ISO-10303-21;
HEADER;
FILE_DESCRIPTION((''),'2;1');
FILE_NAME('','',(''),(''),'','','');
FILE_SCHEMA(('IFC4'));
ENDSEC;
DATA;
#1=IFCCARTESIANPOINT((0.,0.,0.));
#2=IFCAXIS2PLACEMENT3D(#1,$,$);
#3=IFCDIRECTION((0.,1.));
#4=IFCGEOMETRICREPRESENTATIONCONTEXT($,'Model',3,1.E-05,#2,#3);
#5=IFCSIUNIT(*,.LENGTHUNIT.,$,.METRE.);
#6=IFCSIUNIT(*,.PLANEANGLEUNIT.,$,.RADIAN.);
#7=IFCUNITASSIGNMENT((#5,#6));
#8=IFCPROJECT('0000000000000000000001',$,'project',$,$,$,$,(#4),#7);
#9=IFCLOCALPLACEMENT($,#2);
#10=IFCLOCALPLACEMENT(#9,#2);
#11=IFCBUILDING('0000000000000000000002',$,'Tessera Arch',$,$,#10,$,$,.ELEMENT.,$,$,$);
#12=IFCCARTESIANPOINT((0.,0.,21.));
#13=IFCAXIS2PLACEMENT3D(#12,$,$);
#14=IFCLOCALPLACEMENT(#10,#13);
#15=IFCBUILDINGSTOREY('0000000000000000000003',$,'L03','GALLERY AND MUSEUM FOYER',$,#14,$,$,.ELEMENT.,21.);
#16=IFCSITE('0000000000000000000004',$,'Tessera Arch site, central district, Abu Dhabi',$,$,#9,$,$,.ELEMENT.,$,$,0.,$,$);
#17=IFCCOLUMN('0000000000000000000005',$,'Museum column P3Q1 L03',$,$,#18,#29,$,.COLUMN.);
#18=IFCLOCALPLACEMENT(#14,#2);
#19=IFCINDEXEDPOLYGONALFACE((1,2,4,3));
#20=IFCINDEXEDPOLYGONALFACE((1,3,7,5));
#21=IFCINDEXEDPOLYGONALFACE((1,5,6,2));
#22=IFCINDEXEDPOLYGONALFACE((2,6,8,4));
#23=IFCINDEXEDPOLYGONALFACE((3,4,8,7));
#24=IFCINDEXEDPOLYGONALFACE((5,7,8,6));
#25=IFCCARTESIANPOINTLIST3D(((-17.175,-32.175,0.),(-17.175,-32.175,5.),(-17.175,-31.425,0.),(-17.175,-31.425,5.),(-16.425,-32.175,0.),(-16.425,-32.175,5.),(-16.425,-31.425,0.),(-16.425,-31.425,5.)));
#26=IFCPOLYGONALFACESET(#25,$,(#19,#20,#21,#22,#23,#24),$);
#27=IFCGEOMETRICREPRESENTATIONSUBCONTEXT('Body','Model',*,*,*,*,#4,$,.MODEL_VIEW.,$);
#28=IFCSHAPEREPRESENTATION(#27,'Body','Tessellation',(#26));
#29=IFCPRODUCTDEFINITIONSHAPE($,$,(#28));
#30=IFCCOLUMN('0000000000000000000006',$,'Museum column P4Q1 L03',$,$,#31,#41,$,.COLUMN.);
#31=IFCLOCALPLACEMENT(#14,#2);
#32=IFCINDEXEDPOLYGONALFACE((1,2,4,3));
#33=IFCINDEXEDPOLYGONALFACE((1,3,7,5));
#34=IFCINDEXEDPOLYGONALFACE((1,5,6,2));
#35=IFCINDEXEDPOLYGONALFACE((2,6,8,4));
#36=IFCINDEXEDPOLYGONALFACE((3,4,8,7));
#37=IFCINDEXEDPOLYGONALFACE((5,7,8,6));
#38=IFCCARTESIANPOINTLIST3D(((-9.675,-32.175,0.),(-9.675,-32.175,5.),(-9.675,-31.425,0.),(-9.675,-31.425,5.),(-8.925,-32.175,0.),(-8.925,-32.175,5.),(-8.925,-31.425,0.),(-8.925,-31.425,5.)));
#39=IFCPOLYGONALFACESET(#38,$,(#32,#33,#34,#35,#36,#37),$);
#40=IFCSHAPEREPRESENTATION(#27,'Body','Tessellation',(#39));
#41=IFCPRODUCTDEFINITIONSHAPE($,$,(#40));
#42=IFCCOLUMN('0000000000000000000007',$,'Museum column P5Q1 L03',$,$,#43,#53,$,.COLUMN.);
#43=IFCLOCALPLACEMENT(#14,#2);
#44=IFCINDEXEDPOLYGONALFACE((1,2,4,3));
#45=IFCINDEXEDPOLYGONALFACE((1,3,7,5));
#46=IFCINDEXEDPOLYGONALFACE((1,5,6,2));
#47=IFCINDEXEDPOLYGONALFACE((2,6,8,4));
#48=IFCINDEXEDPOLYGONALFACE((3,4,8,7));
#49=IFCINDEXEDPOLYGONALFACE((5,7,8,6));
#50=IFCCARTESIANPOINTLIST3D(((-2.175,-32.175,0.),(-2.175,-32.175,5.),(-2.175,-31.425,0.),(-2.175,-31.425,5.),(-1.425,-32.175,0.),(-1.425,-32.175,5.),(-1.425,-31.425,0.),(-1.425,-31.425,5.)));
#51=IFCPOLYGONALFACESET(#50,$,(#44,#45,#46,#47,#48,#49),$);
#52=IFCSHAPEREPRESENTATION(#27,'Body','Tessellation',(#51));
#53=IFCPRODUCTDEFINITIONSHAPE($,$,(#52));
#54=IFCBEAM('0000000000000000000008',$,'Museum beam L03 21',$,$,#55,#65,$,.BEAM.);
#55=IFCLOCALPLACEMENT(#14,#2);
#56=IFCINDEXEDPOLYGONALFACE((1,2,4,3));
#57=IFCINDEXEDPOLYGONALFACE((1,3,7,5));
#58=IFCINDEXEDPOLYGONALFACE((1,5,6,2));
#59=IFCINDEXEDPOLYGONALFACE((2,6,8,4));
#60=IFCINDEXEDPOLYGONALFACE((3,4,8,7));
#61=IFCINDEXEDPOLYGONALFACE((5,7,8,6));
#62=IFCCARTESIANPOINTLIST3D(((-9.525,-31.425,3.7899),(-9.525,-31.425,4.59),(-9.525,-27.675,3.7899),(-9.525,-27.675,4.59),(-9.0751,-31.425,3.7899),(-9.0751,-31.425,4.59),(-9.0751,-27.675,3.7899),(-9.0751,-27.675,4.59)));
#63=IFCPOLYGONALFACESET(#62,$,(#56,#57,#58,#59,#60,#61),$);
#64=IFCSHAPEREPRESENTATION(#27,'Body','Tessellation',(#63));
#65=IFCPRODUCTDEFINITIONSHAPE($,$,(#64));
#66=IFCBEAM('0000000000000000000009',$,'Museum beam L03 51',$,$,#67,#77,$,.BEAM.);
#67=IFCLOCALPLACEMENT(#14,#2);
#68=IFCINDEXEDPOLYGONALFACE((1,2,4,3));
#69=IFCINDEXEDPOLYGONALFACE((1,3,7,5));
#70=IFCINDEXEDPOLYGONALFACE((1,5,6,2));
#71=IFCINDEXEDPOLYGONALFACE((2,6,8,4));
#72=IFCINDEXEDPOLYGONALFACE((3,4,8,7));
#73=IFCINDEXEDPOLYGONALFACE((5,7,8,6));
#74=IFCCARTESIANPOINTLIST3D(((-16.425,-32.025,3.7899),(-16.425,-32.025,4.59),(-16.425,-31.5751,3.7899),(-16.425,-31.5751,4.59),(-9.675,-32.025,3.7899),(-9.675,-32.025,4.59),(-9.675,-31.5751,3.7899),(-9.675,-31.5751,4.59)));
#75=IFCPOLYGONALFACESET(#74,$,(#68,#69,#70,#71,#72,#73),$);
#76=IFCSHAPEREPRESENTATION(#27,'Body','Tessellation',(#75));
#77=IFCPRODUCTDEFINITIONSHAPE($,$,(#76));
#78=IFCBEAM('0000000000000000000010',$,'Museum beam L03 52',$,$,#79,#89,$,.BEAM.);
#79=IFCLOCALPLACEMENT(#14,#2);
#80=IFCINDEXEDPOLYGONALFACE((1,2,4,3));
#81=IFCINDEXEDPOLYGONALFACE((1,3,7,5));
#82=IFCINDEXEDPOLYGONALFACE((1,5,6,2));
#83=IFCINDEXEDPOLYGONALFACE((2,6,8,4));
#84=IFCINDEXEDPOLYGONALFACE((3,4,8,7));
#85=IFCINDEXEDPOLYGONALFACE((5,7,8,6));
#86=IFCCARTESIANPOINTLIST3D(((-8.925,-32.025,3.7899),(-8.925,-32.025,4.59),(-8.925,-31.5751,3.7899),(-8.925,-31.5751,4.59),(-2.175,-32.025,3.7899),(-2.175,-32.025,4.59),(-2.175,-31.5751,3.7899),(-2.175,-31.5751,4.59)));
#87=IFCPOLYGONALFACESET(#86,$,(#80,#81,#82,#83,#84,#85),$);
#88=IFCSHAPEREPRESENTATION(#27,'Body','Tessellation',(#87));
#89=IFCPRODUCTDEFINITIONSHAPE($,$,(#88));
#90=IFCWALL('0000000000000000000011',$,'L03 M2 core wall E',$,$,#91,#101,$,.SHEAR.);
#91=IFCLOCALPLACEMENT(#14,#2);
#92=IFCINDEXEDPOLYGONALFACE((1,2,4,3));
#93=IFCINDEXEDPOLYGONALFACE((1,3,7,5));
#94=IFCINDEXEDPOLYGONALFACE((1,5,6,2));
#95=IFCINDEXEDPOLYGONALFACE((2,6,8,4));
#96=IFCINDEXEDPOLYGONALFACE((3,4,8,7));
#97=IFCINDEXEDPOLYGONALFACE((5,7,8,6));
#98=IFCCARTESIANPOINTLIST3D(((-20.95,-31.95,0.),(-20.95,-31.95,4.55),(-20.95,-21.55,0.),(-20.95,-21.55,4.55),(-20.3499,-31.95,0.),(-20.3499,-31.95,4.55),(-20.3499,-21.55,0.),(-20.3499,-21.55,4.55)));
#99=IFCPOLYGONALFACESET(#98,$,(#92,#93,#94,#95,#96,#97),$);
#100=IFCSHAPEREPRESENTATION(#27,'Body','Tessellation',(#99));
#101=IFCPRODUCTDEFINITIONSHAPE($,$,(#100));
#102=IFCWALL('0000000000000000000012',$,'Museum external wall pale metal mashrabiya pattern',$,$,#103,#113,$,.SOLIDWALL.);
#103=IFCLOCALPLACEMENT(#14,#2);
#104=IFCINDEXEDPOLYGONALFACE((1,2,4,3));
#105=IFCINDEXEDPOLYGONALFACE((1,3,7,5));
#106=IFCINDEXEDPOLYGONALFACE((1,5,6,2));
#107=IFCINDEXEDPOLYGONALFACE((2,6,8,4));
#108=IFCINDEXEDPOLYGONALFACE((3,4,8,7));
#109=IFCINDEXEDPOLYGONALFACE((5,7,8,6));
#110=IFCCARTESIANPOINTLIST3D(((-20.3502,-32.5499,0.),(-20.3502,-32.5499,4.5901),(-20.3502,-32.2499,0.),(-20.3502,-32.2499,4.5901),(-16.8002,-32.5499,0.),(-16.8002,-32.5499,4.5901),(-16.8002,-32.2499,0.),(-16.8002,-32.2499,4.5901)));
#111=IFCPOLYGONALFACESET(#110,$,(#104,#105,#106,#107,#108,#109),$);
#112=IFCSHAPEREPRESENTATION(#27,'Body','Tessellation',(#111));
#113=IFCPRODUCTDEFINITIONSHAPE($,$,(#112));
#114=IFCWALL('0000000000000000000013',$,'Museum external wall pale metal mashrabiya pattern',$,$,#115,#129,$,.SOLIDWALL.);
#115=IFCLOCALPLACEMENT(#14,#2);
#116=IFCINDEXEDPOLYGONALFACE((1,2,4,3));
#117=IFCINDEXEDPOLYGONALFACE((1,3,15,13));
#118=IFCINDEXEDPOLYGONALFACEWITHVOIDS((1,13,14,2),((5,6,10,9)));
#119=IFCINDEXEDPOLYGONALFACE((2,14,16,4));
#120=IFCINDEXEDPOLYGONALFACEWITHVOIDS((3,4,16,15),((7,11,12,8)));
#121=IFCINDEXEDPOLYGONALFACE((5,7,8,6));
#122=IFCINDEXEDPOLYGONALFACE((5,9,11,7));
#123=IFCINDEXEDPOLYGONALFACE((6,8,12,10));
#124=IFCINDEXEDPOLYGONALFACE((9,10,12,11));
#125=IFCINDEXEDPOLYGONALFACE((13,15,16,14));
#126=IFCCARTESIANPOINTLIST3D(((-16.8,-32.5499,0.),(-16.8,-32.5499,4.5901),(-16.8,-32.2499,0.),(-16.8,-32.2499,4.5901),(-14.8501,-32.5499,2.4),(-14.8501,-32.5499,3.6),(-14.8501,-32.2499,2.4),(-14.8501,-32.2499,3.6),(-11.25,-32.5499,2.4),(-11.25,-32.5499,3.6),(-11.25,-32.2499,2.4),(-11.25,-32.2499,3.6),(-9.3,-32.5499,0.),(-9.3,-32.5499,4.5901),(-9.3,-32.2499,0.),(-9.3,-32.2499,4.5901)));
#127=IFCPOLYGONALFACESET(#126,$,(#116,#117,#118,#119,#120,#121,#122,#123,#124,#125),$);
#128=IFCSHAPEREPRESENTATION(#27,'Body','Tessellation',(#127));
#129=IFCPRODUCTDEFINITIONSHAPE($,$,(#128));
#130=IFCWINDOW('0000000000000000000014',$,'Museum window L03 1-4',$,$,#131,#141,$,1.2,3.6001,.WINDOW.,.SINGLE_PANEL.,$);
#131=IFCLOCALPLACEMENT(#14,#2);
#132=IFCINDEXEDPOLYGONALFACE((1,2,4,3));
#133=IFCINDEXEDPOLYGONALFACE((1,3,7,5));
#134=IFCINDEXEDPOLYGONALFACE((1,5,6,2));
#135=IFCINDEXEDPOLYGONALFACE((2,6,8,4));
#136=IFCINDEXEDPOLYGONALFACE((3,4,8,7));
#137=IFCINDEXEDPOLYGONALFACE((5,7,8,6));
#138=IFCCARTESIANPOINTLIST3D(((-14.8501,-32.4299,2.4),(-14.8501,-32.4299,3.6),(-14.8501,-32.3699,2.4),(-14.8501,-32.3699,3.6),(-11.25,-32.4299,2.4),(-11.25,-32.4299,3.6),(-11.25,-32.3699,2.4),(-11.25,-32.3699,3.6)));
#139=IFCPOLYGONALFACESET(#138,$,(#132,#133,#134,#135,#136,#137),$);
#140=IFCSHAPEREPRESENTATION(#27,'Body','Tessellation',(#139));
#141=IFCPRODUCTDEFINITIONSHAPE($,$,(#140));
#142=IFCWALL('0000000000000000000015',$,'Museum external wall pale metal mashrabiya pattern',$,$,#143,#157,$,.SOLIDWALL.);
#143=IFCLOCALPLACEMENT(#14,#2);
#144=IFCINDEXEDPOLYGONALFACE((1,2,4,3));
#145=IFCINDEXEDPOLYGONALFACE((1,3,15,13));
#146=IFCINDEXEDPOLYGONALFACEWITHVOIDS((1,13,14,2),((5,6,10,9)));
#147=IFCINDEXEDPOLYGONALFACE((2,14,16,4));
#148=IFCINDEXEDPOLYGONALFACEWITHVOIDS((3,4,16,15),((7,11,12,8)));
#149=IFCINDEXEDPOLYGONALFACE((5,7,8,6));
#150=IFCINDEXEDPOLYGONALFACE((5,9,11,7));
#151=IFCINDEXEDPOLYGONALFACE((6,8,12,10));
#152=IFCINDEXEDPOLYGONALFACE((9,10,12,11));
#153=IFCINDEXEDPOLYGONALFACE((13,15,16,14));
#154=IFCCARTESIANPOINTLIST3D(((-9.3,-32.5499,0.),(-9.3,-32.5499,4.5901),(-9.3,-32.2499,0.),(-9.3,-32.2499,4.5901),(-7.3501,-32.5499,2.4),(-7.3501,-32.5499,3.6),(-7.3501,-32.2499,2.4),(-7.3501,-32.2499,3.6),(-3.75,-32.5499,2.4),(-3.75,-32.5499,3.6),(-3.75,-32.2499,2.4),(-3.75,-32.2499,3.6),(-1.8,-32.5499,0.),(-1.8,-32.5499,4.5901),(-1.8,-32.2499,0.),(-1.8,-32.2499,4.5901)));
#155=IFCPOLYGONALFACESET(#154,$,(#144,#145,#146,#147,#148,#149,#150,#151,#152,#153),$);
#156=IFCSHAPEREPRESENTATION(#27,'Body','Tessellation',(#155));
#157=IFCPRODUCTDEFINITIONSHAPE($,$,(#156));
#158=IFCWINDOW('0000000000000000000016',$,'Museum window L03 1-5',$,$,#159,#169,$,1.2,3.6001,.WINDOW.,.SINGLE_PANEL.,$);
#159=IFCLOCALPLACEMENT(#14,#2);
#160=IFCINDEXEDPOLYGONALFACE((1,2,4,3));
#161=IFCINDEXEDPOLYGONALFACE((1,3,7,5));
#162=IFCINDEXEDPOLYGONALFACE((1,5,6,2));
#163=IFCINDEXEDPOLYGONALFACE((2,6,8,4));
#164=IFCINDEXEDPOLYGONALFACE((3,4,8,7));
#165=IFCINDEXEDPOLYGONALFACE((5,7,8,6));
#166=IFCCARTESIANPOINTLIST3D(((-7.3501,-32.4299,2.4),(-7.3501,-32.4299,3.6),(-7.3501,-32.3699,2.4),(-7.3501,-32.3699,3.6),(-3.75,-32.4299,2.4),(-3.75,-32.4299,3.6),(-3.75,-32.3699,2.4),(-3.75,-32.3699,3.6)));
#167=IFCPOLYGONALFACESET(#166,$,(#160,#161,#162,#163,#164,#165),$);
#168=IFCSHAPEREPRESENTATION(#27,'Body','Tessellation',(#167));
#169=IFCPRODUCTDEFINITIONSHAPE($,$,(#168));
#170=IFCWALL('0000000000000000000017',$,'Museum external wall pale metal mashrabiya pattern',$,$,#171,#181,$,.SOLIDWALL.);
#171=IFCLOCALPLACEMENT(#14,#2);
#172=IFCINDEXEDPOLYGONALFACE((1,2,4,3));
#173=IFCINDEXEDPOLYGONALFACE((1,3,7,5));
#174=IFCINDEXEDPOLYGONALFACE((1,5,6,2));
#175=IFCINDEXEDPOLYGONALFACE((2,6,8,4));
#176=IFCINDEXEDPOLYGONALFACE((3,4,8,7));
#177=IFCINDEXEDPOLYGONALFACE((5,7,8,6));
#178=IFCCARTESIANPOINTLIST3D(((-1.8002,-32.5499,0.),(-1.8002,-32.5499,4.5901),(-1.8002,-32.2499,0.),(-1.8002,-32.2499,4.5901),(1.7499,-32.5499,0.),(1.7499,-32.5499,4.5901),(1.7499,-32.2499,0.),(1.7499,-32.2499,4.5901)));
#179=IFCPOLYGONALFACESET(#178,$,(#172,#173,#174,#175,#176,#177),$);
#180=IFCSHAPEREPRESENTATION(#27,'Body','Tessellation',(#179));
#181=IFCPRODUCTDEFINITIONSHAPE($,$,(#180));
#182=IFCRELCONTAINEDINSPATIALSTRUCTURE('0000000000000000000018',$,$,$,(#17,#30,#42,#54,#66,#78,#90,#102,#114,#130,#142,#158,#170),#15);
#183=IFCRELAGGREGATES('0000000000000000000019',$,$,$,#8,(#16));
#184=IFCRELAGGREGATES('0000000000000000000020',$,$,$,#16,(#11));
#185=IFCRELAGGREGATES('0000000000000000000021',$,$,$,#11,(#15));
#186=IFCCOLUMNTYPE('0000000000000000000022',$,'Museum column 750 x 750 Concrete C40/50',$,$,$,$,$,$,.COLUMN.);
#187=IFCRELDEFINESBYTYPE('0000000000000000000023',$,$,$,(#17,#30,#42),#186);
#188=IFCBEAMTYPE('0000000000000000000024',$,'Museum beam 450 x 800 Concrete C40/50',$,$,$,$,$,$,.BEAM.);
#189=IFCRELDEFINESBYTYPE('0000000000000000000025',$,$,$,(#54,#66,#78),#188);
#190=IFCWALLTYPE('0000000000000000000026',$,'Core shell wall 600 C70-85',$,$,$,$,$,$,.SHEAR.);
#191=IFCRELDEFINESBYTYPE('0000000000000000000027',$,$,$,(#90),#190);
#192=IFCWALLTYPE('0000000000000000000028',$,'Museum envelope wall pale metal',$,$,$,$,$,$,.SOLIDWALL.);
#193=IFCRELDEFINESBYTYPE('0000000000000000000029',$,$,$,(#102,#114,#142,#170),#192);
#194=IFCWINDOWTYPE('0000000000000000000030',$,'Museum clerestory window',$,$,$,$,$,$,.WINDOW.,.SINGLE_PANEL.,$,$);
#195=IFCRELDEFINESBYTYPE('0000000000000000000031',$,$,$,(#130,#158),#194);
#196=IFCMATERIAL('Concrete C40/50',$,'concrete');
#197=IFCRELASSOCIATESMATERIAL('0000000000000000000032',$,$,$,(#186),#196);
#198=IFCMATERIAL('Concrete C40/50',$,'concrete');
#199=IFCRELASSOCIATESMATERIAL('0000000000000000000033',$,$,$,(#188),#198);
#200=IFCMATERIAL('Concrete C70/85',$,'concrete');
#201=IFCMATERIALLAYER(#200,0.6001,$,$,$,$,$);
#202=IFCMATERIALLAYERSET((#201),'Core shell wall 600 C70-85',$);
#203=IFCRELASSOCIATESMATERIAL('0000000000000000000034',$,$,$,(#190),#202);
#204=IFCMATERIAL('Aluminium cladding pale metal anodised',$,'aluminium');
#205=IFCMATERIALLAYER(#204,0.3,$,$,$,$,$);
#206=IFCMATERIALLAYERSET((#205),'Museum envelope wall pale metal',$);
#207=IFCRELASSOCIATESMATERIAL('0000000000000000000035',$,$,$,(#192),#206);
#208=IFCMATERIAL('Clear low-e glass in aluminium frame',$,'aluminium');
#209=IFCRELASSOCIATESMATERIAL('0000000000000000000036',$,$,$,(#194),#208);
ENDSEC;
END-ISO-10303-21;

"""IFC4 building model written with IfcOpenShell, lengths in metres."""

from ifc_helpers import new_model, si_unit, direction, frame, frame_2d, origin, origin_2d, place, context, subcontext, project, spatial, rectangle, extrude, material, layer, layer_set, material_profile, profile_set, type_object, element, fill, save


model = new_model("IFC4")

# Units and contexts
model_context = context("Model", 3, precision=1e-05, world=origin(), true_north=direction((0.0, 1.0)))
body_context = subcontext(model_context, "Body", "Model", "MODEL_VIEW")
ifc_project = project(units=[si_unit("LENGTHUNIT", "METRE"), si_unit("PLANEANGLEUNIT", "RADIAN")], contexts=[model_context])

# Site, building, storey
site_placement = place(None, origin())
site = spatial("IfcSite", under=ifc_project, at=site_placement, Name="Tessera Arch site, central district, Abu Dhabi", CompositionType="ELEMENT", RefElevation=0.0)
building_placement = place(site_placement, origin())
building = spatial("IfcBuilding", under=site, at=building_placement, Name="Tessera Arch", CompositionType="ELEMENT")
storey_placement = place(building_placement, frame((0.0, 0.0, 21.0)))
storey = spatial("IfcBuildingStorey", under=building, at=storey_placement, Name="L03", Description="GALLERY AND MUSEUM FOYER", CompositionType="ELEMENT", Elevation=21.0)

# Columns
ifc_material_1 = material(Name="Concrete C40/50", Category="concrete")
ifc_material_profile_1 = material_profile(ifc_material_1, rectangle(XDim=0.75, YDim=0.75, at=origin_2d()), Name="Museum column 750 x 750 Concrete C40/50")
ifc_profile_set_1 = profile_set([ifc_material_profile_1], Name="Concrete C40/50")
column_type = type_object("IfcColumnType", Name="Museum column 750 x 750 Concrete C40/50", PredefinedType="COLUMN", material=ifc_profile_set_1)
for number, where, z_axis, x_axis, name in (
    (1, (-16.8, -31.8, 0.0), (0.0, 0.0, 1.0), (1.0, 0.0, 0.0), "Museum column P3Q1 L03"),
    (2, (-9.3, -31.8, 0.0), (0.0, 0.0, 1.0), (1.0, 0.0, 0.0), "Museum column P4Q1 L03"),
    (3, (-1.8, -31.8, 0.0), (0.0, 0.0, 1.0), (1.0, 0.0, 0.0), "Museum column P5Q1 L03"),
):
    element("IfcColumn", number, at=place(storey_placement, frame(where, z_axis=z_axis, x_axis=x_axis)), inside=storey, type_object=column_type, Name=name, PredefinedType="COLUMN", context=body_context, shape_type="SweptSolid", body=[
        extrude(rectangle(XDim=0.75, YDim=0.75, at=origin_2d()), origin(), (0.0, 0.0, 1.0), 5.0),
    ])

# Beams
ifc_material_2 = material(Name="Concrete C40/50", Category="concrete")
ifc_material_profile_2 = material_profile(ifc_material_2, rectangle(XDim=0.45, YDim=0.8, at=origin_2d()), Name="Museum beam 450 x 800 Concrete C40/50")
ifc_profile_set_2 = profile_set([ifc_material_profile_2], Name="Concrete C40/50")
beam_type = type_object("IfcBeamType", Name="Museum beam 450 x 800 Concrete C40/50", PredefinedType="BEAM", material=ifc_profile_set_2)
beam_placement = place(storey_placement, frame((-9.3, -31.425, 4.1899), z_axis=(0.0, 1.0, 0.0), x_axis=(-1.0, 0.0, 0.0)))
element("IfcBeam", 4, at=beam_placement, inside=storey, type_object=beam_type, Name="Museum beam L03 21", PredefinedType="BEAM", context=body_context, shape_type="SweptSolid", body=[
    extrude(rectangle(XDim=0.45, YDim=0.8, at=origin_2d()), origin(), (0.0, 0.0, 1.0), 3.75),
])
for number, where, z_axis, x_axis, name in (
    (5, (-16.425, -31.8, 4.1899), (1.0, 0.0, 0.0), (0.0, 1.0, 0.0), "Museum beam L03 51"),
    (6, (-8.925, -31.8, 4.1899), (1.0, 0.0, 0.0), (0.0, 1.0, 0.0), "Museum beam L03 52"),
):
    element("IfcBeam", number, at=place(storey_placement, frame(where, z_axis=z_axis, x_axis=x_axis)), inside=storey, type_object=beam_type, Name=name, PredefinedType="BEAM", context=body_context, shape_type="SweptSolid", body=[
        extrude(rectangle(XDim=0.45, YDim=0.8, at=origin_2d()), origin(), (0.0, 0.0, 1.0), 6.75),
    ])

# Walls
ifc_material_3 = material(Name="Concrete C70/85", Category="concrete")
ifc_layer_1 = layer(ifc_material_3, 0.6001)
ifc_layer_set_1 = layer_set([ifc_layer_1], Name="Core shell wall 600 C70-85")
wall_type_1 = type_object("IfcWallType", Name="Core shell wall 600 C70-85", PredefinedType="SHEAR", material=ifc_layer_set_1)
wall_1_placement = place(storey_placement, frame((-20.6499, -31.95, 0.0), z_axis=(0.0, 0.0, 1.0), x_axis=(0.0, 1.0, 0.0)))
element("IfcWall", 7, at=wall_1_placement, inside=storey, type_object=wall_type_1, Name="L03 M2 core wall E", PredefinedType="SHEAR", context=body_context, shape_type="SweptSolid", body=[
    extrude(rectangle(XDim=10.3999, YDim=0.6001, at=frame_2d((5.2, 0.0))), origin(), (0.0, 0.0, 1.0), 4.55),
])
ifc_material_4 = material(Name="Aluminium cladding pale metal anodised", Category="aluminium")
ifc_layer_2 = layer(ifc_material_4, 0.3)
ifc_layer_set_2 = layer_set([ifc_layer_2], Name="Museum envelope wall pale metal")
wall_type_2 = type_object("IfcWallType", Name="Museum envelope wall pale metal", PredefinedType="SOLIDWALL", material=ifc_layer_set_2)
wall_2_placement = place(storey_placement, frame((-20.3501, -32.3999, 0.0), z_axis=(0.0, 0.0, 1.0), x_axis=(1.0, 0.0, 0.0)))
element("IfcWall", 8, at=wall_2_placement, inside=storey, type_object=wall_type_2, Name="Museum external wall pale metal mashrabiya pattern", PredefinedType="SOLIDWALL", context=body_context, shape_type="SweptSolid", body=[
    extrude(rectangle(XDim=3.55, YDim=0.3, at=frame_2d((1.7749, 0.0))), origin(), (0.0, 0.0, 1.0), 4.5901),
])

# Walls, openings, windows
wall_3_placement = place(storey_placement, frame((-16.8, -32.3999, 0.0), z_axis=(0.0, 0.0, 1.0), x_axis=(1.0, 0.0, 0.0)))
wall_3 = element("IfcWall", 9, at=wall_3_placement, inside=storey, type_object=wall_type_2, Name="Museum external wall pale metal mashrabiya pattern", PredefinedType="SOLIDWALL", context=body_context, shape_type="SweptSolid", body=[
    extrude(rectangle(XDim=7.5, YDim=0.3, at=frame_2d((3.75, 0.0))), origin(), (0.0, 0.0, 1.0), 4.5901),
])
opening_1_placement = place(wall_3_placement, frame((1.95, 0.0, 2.3999)))
opening_1 = element("IfcOpeningElement", 10, at=opening_1_placement, cuts=wall_3, PredefinedType="OPENING", context=body_context, shape_type="SweptSolid", body=[
    extrude(rectangle(XDim=3.6001, YDim=1.2, at=frame_2d((1.8, 0.6001))), frame((0.0, 0.1599, 0.0), z_axis=(0.0, -1.0, 0.0), x_axis=(1.0, 0.0, 0.0)), (0.0, 0.0, 1.0), 0.3201),
])
ifc_material_5 = material(Name="Clear low-e glass in aluminium frame", Category="aluminium")
window_type = type_object("IfcWindowType", Name="Museum clerestory window", PartitioningType="SINGLE_PANEL", PredefinedType="WINDOW", material=ifc_material_5)
window_1_placement = place(opening_1_placement, origin())
window_1 = element("IfcWindow", 11, at=window_1_placement, inside=storey, type_object=window_type, Name="Museum window L03 1-4", OverallHeight=1.2, OverallWidth=3.6001, PartitioningType="SINGLE_PANEL", PredefinedType="WINDOW", context=body_context, shape_type="SweptSolid", body=[
    extrude(rectangle(XDim=3.6001, YDim=1.2, at=frame_2d((1.8, 0.6001))), frame((0.0, 0.03, 0.0), z_axis=(0.0, -1.0, 0.0), x_axis=(1.0, 0.0, 0.0)), (0.0, 0.0, 1.0), 0.0601),
])
fill(opening_1, window_1)
wall_4_placement = place(storey_placement, frame((-9.3, -32.3999, 0.0), z_axis=(0.0, 0.0, 1.0), x_axis=(1.0, 0.0, 0.0)))
wall_4 = element("IfcWall", 12, at=wall_4_placement, inside=storey, type_object=wall_type_2, Name="Museum external wall pale metal mashrabiya pattern", PredefinedType="SOLIDWALL", context=body_context, shape_type="SweptSolid", body=[
    extrude(rectangle(XDim=7.5, YDim=0.3, at=frame_2d((3.75, 0.0))), origin(), (0.0, 0.0, 1.0), 4.5901),
])
opening_2_placement = place(wall_4_placement, frame((1.95, 0.0, 2.3999)))
opening_2 = element("IfcOpeningElement", 13, at=opening_2_placement, cuts=wall_4, PredefinedType="OPENING", context=body_context, shape_type="SweptSolid", body=[
    extrude(rectangle(XDim=3.6001, YDim=1.2, at=frame_2d((1.8, 0.6001))), frame((0.0, 0.1599, 0.0), z_axis=(0.0, -1.0, 0.0), x_axis=(1.0, 0.0, 0.0)), (0.0, 0.0, 1.0), 0.3201),
])
window_2_placement = place(opening_2_placement, origin())
window_2 = element("IfcWindow", 14, at=window_2_placement, inside=storey, type_object=window_type, Name="Museum window L03 1-5", OverallHeight=1.2, OverallWidth=3.6001, PartitioningType="SINGLE_PANEL", PredefinedType="WINDOW", context=body_context, shape_type="SweptSolid", body=[
    extrude(rectangle(XDim=3.6001, YDim=1.2, at=frame_2d((1.8, 0.6001))), frame((0.0, 0.03, 0.0), z_axis=(0.0, -1.0, 0.0), x_axis=(1.0, 0.0, 0.0)), (0.0, 0.0, 1.0), 0.0601),
])
fill(opening_2, window_2)

# Wall
wall_5_placement = place(storey_placement, frame((-1.8, -32.3999, 0.0), z_axis=(0.0, 0.0, 1.0), x_axis=(1.0, 0.0, 0.0)))
element("IfcWall", 15, at=wall_5_placement, inside=storey, type_object=wall_type_2, Name="Museum external wall pale metal mashrabiya pattern", PredefinedType="SOLIDWALL", context=body_context, shape_type="SweptSolid", body=[
    extrude(rectangle(XDim=3.55, YDim=0.3, at=frame_2d((1.7749, 0.0))), origin(), (0.0, 0.0, 1.0), 4.5901),
])

save(model, "model.ifc")
